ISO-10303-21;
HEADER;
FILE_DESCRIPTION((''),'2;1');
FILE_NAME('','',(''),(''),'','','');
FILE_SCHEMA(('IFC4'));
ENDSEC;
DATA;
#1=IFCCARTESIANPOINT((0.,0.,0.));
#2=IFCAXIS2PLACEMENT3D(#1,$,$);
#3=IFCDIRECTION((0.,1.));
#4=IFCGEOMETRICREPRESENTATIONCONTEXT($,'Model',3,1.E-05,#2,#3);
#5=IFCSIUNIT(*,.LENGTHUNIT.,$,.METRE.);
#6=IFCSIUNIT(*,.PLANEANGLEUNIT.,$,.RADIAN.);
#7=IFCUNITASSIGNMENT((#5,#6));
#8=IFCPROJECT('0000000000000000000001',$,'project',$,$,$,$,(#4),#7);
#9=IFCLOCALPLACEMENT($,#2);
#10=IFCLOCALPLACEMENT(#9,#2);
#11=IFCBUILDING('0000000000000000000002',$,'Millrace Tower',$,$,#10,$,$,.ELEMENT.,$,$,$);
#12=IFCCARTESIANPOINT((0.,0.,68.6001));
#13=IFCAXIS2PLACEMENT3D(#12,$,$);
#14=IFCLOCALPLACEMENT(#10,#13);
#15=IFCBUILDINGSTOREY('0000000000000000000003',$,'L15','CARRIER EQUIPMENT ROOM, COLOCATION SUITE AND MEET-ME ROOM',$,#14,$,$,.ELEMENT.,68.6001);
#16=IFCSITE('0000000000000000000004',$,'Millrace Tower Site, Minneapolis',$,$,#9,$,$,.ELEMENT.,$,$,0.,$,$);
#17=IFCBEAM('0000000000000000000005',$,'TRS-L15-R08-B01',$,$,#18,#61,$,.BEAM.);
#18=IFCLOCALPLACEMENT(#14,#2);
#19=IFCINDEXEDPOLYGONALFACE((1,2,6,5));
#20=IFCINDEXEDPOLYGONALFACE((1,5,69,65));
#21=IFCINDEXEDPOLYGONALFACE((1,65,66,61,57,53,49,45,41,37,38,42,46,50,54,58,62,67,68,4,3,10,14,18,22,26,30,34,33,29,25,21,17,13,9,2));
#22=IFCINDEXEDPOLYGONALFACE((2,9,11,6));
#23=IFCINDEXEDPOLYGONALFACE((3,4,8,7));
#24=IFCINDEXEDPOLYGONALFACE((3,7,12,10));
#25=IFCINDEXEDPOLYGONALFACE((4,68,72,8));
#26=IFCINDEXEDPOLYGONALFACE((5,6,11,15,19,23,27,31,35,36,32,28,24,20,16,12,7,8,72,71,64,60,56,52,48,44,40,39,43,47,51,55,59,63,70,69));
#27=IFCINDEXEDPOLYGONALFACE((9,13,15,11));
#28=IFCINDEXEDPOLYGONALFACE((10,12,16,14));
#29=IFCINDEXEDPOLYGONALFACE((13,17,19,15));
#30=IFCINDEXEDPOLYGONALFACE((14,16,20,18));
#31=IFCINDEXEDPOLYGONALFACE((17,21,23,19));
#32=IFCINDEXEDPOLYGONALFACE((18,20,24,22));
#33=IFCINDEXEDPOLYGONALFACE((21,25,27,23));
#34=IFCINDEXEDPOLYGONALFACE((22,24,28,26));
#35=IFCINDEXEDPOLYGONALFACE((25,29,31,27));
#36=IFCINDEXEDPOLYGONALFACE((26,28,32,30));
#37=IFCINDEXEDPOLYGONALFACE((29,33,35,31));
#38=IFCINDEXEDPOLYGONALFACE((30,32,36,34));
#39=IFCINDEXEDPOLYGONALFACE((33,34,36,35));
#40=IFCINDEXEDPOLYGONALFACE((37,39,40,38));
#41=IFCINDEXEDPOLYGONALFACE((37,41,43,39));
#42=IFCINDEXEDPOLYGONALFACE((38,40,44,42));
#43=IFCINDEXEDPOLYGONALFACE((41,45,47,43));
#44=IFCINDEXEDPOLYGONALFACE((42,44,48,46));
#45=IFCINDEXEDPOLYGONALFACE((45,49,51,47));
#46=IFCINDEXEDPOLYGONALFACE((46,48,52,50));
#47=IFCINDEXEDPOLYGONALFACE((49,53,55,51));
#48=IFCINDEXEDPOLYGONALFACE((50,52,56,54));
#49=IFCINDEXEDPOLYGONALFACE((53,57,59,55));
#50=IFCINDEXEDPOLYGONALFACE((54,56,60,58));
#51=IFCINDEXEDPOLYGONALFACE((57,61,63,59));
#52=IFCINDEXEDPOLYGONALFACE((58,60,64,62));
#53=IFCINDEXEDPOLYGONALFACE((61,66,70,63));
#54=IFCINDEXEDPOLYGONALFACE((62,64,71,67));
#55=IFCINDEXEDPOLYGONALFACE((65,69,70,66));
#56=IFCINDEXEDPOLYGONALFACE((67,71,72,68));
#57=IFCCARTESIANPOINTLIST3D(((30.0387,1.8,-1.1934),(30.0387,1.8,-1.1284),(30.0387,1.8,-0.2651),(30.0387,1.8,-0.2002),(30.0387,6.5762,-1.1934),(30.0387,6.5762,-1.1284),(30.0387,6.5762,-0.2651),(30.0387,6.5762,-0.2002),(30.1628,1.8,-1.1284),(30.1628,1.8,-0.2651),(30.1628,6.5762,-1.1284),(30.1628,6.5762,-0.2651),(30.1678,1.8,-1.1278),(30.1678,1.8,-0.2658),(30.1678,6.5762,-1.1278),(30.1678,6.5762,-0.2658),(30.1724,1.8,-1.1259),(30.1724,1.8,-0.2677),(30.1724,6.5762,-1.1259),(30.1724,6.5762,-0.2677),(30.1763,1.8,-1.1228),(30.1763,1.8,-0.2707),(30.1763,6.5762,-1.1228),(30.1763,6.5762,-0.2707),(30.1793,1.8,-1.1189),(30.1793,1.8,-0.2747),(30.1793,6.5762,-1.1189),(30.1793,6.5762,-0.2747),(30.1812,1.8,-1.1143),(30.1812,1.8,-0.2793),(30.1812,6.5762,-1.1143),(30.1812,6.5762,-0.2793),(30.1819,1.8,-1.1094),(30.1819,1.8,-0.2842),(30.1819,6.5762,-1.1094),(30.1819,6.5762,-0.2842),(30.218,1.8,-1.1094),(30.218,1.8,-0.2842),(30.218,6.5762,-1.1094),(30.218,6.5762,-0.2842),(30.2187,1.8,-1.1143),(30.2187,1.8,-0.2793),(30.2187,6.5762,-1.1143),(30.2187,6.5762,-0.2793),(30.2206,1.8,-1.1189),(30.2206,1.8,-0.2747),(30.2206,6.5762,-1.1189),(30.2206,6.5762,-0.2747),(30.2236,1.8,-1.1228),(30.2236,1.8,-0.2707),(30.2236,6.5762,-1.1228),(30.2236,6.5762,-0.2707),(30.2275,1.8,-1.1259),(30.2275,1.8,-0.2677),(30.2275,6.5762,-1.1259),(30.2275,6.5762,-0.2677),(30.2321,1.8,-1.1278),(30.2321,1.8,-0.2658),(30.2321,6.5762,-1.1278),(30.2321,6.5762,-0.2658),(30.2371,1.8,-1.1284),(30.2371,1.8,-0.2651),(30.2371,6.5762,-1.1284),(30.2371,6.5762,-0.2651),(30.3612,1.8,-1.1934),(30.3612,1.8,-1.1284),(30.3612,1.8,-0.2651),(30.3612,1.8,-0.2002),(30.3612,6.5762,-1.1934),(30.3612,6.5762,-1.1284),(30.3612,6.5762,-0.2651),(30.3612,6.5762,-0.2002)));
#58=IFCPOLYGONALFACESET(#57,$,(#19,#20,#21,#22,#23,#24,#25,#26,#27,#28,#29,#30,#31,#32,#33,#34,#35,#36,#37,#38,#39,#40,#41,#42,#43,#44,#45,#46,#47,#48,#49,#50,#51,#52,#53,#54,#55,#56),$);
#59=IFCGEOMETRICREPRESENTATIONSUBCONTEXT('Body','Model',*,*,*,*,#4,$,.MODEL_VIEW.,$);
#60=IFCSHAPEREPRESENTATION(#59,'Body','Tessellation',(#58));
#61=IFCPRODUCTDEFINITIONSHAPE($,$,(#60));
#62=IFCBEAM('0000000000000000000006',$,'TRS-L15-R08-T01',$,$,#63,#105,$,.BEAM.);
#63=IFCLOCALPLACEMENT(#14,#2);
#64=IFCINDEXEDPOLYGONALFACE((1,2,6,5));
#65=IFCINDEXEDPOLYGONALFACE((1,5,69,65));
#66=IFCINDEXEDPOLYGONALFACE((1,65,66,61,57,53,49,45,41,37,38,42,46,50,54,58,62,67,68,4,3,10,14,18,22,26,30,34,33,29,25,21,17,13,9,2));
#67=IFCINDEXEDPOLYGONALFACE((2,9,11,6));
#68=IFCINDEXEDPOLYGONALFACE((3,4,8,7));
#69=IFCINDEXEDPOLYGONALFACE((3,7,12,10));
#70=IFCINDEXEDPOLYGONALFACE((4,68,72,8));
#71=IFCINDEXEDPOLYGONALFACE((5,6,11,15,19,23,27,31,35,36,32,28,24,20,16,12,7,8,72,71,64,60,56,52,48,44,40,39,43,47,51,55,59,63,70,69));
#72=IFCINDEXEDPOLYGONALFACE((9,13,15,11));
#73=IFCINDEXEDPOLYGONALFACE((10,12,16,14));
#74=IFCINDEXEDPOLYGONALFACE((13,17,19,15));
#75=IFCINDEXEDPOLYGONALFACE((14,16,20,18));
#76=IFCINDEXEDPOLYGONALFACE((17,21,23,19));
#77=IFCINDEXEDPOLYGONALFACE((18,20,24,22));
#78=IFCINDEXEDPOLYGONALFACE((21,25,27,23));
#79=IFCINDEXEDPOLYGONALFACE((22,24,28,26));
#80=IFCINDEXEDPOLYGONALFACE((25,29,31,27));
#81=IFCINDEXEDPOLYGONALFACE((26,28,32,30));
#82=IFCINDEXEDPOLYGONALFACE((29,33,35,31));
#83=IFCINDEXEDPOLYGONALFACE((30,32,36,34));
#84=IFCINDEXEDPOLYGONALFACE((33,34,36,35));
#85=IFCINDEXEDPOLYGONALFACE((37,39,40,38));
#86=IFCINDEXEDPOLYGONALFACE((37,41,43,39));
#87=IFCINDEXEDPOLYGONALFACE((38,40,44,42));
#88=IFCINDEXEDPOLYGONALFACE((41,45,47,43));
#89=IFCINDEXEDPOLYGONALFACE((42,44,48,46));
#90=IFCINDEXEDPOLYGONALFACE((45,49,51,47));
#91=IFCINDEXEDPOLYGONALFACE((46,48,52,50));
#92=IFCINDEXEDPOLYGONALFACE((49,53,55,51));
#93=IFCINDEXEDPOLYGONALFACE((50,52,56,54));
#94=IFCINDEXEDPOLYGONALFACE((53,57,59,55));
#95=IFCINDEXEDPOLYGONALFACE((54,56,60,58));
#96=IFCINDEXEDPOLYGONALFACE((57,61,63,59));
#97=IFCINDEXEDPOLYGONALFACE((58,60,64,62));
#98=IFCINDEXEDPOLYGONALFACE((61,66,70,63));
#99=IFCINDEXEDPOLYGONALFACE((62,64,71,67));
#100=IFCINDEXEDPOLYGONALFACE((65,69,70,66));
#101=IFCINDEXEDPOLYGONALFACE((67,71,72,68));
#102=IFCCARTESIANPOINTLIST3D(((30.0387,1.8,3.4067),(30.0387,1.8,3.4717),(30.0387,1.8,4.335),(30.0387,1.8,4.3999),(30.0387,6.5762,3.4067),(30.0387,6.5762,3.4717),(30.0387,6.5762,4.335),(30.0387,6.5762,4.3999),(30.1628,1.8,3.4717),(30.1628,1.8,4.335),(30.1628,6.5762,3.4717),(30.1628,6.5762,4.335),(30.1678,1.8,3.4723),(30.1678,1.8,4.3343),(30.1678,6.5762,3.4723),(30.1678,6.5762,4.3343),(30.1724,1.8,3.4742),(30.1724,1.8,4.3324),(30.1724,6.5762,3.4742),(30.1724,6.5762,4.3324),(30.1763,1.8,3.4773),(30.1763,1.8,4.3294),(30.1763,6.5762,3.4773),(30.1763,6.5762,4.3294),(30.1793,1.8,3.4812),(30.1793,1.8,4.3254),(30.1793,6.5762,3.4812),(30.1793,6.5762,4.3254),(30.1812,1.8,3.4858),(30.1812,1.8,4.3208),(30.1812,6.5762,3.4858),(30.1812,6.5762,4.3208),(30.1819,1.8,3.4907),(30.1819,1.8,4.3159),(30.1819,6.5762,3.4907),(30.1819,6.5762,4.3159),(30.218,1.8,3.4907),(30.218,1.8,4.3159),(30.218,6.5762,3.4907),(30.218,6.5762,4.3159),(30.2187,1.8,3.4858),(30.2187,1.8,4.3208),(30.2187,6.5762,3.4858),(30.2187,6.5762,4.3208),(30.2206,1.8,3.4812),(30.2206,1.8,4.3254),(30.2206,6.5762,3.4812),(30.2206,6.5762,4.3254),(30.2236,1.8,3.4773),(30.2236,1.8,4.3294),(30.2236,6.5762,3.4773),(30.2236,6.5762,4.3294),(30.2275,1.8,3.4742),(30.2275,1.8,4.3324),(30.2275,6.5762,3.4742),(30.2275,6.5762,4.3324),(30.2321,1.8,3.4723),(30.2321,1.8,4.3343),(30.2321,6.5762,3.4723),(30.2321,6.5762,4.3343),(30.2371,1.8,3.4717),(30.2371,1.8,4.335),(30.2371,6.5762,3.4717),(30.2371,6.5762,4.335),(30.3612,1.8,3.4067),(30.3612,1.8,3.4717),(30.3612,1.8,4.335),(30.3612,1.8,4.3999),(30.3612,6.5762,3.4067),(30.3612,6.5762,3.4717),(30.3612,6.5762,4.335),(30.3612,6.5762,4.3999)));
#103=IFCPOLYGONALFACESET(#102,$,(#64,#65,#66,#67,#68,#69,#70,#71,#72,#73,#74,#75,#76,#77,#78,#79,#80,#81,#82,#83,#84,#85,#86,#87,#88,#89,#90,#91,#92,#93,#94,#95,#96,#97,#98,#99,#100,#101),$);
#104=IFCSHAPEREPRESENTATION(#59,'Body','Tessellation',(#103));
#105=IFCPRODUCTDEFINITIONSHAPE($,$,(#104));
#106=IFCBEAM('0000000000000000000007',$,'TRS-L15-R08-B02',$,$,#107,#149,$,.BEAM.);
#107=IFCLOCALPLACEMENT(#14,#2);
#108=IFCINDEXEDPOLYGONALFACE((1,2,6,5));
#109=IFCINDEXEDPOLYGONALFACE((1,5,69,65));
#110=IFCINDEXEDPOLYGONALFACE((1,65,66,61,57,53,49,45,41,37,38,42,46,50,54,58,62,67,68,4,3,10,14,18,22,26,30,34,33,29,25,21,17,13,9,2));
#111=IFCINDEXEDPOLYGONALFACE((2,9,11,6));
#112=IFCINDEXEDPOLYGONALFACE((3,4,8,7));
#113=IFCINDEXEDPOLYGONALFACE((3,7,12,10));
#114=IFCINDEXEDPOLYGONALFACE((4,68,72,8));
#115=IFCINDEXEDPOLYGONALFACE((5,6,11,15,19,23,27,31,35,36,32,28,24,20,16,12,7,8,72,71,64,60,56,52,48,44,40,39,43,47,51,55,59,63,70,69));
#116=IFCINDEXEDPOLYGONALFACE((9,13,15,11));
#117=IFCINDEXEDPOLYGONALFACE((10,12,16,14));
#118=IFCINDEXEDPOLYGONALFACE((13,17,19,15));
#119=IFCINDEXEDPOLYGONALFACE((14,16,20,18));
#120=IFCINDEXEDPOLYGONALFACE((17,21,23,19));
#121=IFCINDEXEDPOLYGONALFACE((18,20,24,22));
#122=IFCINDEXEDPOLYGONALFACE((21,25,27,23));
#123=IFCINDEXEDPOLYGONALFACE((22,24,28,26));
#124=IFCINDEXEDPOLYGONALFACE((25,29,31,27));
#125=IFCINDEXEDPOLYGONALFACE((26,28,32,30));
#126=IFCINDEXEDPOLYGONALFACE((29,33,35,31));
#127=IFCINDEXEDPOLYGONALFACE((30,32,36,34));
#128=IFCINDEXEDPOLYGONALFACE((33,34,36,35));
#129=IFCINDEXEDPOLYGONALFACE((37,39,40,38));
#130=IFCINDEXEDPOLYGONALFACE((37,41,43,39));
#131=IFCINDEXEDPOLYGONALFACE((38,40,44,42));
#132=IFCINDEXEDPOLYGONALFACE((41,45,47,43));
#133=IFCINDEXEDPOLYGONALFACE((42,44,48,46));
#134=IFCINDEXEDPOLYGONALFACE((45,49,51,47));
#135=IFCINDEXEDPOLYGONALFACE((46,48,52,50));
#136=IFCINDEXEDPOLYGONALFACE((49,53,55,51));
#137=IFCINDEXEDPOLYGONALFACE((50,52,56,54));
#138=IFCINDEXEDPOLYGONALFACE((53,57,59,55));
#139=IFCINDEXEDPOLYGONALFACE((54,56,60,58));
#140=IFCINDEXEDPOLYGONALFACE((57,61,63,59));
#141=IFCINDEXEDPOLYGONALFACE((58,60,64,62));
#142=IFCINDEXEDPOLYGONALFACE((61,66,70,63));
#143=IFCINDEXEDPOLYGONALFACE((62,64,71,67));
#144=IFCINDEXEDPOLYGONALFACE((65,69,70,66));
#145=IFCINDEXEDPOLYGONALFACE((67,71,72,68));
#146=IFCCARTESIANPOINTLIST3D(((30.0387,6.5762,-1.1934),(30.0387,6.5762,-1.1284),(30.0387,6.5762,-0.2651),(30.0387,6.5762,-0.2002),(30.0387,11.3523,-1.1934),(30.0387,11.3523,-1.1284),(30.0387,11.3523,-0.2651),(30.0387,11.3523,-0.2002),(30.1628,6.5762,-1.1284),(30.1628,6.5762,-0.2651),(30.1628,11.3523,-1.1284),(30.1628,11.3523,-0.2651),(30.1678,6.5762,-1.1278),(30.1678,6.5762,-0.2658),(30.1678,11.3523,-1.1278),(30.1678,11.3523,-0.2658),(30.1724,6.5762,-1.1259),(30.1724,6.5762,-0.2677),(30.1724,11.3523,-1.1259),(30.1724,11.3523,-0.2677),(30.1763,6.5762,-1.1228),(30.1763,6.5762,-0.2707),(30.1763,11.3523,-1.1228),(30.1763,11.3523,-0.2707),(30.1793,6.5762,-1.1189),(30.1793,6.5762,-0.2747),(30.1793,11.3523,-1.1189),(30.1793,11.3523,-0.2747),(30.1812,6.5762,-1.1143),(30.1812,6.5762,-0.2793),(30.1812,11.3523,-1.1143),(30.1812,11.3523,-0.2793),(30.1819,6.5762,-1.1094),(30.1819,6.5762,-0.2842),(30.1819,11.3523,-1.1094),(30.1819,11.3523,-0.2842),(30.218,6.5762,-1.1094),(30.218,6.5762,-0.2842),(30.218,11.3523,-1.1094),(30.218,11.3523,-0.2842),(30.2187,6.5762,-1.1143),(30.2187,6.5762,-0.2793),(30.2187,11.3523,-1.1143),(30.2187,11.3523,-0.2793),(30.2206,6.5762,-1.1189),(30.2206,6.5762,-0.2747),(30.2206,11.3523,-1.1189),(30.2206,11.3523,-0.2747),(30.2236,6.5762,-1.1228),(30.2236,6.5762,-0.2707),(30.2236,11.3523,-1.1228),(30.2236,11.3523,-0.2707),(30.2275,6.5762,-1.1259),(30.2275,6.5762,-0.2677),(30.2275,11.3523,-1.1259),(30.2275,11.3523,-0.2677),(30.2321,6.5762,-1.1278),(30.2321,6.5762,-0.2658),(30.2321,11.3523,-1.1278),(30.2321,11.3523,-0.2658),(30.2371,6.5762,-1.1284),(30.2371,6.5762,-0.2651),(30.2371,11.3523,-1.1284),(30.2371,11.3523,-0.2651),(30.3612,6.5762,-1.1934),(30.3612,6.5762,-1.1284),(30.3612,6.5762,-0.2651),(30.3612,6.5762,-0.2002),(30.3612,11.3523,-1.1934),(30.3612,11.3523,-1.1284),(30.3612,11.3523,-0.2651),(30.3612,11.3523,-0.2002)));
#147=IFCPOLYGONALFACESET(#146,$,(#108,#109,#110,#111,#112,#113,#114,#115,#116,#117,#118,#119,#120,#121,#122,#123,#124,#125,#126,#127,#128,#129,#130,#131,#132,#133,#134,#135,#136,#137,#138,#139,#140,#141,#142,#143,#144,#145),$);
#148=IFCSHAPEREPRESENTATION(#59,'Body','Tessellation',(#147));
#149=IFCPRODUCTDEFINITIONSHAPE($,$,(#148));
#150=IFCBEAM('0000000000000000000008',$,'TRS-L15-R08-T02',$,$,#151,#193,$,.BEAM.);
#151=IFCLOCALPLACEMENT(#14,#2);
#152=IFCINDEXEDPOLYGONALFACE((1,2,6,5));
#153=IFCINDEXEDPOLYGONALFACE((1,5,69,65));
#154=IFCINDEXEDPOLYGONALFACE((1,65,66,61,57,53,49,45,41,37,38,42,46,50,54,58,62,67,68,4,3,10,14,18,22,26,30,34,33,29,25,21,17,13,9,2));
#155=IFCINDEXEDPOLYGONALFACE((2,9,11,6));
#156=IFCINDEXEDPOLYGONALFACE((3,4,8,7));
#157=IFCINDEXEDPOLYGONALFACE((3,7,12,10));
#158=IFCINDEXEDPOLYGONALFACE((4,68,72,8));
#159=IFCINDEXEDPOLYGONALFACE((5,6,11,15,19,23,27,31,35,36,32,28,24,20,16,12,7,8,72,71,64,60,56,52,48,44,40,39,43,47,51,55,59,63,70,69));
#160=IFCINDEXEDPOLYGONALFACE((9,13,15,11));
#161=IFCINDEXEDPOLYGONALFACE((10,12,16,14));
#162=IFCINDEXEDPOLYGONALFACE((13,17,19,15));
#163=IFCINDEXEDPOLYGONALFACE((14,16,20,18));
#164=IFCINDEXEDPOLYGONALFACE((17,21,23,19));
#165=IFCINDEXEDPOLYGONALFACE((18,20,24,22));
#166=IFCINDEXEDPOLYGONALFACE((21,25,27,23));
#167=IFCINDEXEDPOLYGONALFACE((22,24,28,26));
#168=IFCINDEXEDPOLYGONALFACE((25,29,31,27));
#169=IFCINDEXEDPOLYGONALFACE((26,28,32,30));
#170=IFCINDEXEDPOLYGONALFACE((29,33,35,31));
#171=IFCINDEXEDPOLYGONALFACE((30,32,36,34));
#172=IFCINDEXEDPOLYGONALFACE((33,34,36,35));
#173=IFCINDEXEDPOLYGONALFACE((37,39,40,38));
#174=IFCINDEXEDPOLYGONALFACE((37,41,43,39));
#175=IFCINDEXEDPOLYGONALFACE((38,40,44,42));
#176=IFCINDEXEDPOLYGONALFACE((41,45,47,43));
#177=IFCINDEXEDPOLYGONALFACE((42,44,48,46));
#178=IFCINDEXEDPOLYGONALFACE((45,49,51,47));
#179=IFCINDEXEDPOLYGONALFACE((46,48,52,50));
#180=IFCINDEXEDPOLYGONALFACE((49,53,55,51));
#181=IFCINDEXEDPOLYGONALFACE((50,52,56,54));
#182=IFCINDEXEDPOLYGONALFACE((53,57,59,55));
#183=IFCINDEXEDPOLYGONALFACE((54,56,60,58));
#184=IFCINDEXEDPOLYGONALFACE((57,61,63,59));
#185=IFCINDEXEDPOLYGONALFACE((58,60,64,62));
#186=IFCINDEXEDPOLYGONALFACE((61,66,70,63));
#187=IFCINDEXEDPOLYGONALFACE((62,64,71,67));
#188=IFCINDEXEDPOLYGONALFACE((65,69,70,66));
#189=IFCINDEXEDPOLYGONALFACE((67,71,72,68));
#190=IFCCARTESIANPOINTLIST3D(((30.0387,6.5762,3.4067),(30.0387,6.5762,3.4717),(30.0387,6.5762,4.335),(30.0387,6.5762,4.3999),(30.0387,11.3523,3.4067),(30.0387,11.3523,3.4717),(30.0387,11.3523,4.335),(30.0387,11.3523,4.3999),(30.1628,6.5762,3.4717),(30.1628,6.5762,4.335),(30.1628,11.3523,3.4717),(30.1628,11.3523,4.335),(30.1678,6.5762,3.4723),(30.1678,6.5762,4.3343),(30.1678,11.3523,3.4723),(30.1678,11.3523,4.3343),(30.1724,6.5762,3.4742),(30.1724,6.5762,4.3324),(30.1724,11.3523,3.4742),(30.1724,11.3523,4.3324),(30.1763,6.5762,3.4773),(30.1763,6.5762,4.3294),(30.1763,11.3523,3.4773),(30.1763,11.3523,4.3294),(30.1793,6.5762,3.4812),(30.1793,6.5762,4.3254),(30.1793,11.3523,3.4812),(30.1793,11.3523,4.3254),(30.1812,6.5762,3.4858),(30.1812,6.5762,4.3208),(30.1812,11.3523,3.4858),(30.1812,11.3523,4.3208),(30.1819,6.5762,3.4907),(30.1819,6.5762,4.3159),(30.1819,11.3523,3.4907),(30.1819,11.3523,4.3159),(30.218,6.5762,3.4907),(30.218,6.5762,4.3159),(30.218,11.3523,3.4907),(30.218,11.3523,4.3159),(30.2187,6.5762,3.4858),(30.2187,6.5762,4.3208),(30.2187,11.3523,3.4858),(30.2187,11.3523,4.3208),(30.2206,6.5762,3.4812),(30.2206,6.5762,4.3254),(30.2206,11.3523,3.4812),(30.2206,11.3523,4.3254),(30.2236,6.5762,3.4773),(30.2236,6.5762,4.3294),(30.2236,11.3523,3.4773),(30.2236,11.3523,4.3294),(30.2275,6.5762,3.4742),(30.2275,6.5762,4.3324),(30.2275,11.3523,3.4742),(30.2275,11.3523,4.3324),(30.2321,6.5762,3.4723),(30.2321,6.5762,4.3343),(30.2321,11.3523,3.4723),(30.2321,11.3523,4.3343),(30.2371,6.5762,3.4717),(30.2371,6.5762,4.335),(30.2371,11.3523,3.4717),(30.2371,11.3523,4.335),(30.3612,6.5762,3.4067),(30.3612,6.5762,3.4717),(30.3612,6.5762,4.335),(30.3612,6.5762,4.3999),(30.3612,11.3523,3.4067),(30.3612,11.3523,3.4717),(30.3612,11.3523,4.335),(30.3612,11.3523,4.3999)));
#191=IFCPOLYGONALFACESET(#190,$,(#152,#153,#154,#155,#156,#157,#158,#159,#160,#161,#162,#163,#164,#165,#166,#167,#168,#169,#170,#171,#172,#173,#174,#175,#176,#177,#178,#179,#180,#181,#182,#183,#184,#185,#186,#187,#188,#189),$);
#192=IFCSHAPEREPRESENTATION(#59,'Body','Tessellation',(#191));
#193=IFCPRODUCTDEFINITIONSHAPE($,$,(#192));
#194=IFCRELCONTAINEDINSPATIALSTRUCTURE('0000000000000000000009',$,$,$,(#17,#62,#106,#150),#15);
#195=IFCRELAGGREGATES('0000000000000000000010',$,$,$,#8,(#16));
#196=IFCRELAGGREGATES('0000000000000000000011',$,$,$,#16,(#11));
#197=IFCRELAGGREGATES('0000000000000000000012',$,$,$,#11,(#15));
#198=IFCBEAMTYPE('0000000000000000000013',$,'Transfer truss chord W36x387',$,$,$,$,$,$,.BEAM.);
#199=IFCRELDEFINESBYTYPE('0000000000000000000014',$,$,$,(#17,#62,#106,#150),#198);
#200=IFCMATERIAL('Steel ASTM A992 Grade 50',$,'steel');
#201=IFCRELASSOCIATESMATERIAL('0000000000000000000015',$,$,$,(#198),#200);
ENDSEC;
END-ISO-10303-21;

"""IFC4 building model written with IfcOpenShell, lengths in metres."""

from ifc_helpers import new_model, si_unit, direction, frame, origin, origin_2d, place, context, subcontext, project, spatial, i_section, extrude, material, material_profile, profile_set, type_object, element, save


model = new_model("IFC4")

# Units and contexts
model_context = context("Model", 3, precision=1e-05, world=origin(), true_north=direction((0.0, 1.0)))
body_context = subcontext(model_context, "Body", "Model", "MODEL_VIEW")
ifc_project = project(units=[si_unit("LENGTHUNIT", "METRE"), si_unit("PLANEANGLEUNIT", "RADIAN")], contexts=[model_context])

# Site, building, storey
site_placement = place(None, origin())
site = spatial("IfcSite", under=ifc_project, at=site_placement, Name="Millrace Tower Site, Minneapolis", CompositionType="ELEMENT", RefElevation=0.0)
building_placement = place(site_placement, origin())
building = spatial("IfcBuilding", under=site, at=building_placement, Name="Millrace Tower", CompositionType="ELEMENT")
storey_placement = place(building_placement, frame((0.0, 0.0, 68.6001)))
storey = spatial("IfcBuildingStorey", under=building, at=storey_placement, Name="L15", Description="CARRIER EQUIPMENT ROOM, COLOCATION SUITE AND MEET-ME ROOM", CompositionType="ELEMENT", Elevation=68.6001)

# Beams
ifc_material_1 = material(Name="Steel ASTM A992 Grade 50", Category="steel")
ifc_material_profile_1 = material_profile(ifc_material_1, i_section(OverallWidth=0.3225, OverallDepth=0.9932, WebThickness=0.0361, FlangeThickness=0.0649, FilletRadius=0.019, at=origin_2d()))
ifc_profile_set_1 = profile_set([ifc_material_profile_1], Name="Steel ASTM A992 Grade 50")
beam_type_1 = type_object("IfcBeamType", Name="Transfer truss chord W36x387", PredefinedType="BEAM", material=ifc_profile_set_1)
for number, where, z_axis, x_axis, name in (
    (1, (30.2, 1.8, -0.6968), (0.0, 1.0, 0.0), (-1.0, 0.0, 0.0), "TRS-L15-R08-B01"),
    (2, (30.2, 1.8, 3.9033), (0.0, 1.0, 0.0), (-1.0, 0.0, 0.0), "TRS-L15-R08-T01"),
    (3, (30.2, 6.5762, -0.6968), (0.0, 1.0, 0.0), (-1.0, 0.0, 0.0), "TRS-L15-R08-B02"),
    (4, (30.2, 6.5762, 3.9033), (0.0, 1.0, 0.0), (-1.0, 0.0, 0.0), "TRS-L15-R08-T02"),
):
    element("IfcBeam", number, at=place(storey_placement, frame(where, z_axis=z_axis, x_axis=x_axis)), inside=storey, type_object=beam_type_1, Name=name, PredefinedType="BEAM", context=body_context, shape_type="SweptSolid", body=[
        extrude(i_section(OverallWidth=0.3225, OverallDepth=0.9932, WebThickness=0.0361, FlangeThickness=0.0649, FilletRadius=0.019, at=origin_2d()), origin(), (0.0, 0.0, 1.0), 4.7761),
    ])

save(model, "model.ifc")
